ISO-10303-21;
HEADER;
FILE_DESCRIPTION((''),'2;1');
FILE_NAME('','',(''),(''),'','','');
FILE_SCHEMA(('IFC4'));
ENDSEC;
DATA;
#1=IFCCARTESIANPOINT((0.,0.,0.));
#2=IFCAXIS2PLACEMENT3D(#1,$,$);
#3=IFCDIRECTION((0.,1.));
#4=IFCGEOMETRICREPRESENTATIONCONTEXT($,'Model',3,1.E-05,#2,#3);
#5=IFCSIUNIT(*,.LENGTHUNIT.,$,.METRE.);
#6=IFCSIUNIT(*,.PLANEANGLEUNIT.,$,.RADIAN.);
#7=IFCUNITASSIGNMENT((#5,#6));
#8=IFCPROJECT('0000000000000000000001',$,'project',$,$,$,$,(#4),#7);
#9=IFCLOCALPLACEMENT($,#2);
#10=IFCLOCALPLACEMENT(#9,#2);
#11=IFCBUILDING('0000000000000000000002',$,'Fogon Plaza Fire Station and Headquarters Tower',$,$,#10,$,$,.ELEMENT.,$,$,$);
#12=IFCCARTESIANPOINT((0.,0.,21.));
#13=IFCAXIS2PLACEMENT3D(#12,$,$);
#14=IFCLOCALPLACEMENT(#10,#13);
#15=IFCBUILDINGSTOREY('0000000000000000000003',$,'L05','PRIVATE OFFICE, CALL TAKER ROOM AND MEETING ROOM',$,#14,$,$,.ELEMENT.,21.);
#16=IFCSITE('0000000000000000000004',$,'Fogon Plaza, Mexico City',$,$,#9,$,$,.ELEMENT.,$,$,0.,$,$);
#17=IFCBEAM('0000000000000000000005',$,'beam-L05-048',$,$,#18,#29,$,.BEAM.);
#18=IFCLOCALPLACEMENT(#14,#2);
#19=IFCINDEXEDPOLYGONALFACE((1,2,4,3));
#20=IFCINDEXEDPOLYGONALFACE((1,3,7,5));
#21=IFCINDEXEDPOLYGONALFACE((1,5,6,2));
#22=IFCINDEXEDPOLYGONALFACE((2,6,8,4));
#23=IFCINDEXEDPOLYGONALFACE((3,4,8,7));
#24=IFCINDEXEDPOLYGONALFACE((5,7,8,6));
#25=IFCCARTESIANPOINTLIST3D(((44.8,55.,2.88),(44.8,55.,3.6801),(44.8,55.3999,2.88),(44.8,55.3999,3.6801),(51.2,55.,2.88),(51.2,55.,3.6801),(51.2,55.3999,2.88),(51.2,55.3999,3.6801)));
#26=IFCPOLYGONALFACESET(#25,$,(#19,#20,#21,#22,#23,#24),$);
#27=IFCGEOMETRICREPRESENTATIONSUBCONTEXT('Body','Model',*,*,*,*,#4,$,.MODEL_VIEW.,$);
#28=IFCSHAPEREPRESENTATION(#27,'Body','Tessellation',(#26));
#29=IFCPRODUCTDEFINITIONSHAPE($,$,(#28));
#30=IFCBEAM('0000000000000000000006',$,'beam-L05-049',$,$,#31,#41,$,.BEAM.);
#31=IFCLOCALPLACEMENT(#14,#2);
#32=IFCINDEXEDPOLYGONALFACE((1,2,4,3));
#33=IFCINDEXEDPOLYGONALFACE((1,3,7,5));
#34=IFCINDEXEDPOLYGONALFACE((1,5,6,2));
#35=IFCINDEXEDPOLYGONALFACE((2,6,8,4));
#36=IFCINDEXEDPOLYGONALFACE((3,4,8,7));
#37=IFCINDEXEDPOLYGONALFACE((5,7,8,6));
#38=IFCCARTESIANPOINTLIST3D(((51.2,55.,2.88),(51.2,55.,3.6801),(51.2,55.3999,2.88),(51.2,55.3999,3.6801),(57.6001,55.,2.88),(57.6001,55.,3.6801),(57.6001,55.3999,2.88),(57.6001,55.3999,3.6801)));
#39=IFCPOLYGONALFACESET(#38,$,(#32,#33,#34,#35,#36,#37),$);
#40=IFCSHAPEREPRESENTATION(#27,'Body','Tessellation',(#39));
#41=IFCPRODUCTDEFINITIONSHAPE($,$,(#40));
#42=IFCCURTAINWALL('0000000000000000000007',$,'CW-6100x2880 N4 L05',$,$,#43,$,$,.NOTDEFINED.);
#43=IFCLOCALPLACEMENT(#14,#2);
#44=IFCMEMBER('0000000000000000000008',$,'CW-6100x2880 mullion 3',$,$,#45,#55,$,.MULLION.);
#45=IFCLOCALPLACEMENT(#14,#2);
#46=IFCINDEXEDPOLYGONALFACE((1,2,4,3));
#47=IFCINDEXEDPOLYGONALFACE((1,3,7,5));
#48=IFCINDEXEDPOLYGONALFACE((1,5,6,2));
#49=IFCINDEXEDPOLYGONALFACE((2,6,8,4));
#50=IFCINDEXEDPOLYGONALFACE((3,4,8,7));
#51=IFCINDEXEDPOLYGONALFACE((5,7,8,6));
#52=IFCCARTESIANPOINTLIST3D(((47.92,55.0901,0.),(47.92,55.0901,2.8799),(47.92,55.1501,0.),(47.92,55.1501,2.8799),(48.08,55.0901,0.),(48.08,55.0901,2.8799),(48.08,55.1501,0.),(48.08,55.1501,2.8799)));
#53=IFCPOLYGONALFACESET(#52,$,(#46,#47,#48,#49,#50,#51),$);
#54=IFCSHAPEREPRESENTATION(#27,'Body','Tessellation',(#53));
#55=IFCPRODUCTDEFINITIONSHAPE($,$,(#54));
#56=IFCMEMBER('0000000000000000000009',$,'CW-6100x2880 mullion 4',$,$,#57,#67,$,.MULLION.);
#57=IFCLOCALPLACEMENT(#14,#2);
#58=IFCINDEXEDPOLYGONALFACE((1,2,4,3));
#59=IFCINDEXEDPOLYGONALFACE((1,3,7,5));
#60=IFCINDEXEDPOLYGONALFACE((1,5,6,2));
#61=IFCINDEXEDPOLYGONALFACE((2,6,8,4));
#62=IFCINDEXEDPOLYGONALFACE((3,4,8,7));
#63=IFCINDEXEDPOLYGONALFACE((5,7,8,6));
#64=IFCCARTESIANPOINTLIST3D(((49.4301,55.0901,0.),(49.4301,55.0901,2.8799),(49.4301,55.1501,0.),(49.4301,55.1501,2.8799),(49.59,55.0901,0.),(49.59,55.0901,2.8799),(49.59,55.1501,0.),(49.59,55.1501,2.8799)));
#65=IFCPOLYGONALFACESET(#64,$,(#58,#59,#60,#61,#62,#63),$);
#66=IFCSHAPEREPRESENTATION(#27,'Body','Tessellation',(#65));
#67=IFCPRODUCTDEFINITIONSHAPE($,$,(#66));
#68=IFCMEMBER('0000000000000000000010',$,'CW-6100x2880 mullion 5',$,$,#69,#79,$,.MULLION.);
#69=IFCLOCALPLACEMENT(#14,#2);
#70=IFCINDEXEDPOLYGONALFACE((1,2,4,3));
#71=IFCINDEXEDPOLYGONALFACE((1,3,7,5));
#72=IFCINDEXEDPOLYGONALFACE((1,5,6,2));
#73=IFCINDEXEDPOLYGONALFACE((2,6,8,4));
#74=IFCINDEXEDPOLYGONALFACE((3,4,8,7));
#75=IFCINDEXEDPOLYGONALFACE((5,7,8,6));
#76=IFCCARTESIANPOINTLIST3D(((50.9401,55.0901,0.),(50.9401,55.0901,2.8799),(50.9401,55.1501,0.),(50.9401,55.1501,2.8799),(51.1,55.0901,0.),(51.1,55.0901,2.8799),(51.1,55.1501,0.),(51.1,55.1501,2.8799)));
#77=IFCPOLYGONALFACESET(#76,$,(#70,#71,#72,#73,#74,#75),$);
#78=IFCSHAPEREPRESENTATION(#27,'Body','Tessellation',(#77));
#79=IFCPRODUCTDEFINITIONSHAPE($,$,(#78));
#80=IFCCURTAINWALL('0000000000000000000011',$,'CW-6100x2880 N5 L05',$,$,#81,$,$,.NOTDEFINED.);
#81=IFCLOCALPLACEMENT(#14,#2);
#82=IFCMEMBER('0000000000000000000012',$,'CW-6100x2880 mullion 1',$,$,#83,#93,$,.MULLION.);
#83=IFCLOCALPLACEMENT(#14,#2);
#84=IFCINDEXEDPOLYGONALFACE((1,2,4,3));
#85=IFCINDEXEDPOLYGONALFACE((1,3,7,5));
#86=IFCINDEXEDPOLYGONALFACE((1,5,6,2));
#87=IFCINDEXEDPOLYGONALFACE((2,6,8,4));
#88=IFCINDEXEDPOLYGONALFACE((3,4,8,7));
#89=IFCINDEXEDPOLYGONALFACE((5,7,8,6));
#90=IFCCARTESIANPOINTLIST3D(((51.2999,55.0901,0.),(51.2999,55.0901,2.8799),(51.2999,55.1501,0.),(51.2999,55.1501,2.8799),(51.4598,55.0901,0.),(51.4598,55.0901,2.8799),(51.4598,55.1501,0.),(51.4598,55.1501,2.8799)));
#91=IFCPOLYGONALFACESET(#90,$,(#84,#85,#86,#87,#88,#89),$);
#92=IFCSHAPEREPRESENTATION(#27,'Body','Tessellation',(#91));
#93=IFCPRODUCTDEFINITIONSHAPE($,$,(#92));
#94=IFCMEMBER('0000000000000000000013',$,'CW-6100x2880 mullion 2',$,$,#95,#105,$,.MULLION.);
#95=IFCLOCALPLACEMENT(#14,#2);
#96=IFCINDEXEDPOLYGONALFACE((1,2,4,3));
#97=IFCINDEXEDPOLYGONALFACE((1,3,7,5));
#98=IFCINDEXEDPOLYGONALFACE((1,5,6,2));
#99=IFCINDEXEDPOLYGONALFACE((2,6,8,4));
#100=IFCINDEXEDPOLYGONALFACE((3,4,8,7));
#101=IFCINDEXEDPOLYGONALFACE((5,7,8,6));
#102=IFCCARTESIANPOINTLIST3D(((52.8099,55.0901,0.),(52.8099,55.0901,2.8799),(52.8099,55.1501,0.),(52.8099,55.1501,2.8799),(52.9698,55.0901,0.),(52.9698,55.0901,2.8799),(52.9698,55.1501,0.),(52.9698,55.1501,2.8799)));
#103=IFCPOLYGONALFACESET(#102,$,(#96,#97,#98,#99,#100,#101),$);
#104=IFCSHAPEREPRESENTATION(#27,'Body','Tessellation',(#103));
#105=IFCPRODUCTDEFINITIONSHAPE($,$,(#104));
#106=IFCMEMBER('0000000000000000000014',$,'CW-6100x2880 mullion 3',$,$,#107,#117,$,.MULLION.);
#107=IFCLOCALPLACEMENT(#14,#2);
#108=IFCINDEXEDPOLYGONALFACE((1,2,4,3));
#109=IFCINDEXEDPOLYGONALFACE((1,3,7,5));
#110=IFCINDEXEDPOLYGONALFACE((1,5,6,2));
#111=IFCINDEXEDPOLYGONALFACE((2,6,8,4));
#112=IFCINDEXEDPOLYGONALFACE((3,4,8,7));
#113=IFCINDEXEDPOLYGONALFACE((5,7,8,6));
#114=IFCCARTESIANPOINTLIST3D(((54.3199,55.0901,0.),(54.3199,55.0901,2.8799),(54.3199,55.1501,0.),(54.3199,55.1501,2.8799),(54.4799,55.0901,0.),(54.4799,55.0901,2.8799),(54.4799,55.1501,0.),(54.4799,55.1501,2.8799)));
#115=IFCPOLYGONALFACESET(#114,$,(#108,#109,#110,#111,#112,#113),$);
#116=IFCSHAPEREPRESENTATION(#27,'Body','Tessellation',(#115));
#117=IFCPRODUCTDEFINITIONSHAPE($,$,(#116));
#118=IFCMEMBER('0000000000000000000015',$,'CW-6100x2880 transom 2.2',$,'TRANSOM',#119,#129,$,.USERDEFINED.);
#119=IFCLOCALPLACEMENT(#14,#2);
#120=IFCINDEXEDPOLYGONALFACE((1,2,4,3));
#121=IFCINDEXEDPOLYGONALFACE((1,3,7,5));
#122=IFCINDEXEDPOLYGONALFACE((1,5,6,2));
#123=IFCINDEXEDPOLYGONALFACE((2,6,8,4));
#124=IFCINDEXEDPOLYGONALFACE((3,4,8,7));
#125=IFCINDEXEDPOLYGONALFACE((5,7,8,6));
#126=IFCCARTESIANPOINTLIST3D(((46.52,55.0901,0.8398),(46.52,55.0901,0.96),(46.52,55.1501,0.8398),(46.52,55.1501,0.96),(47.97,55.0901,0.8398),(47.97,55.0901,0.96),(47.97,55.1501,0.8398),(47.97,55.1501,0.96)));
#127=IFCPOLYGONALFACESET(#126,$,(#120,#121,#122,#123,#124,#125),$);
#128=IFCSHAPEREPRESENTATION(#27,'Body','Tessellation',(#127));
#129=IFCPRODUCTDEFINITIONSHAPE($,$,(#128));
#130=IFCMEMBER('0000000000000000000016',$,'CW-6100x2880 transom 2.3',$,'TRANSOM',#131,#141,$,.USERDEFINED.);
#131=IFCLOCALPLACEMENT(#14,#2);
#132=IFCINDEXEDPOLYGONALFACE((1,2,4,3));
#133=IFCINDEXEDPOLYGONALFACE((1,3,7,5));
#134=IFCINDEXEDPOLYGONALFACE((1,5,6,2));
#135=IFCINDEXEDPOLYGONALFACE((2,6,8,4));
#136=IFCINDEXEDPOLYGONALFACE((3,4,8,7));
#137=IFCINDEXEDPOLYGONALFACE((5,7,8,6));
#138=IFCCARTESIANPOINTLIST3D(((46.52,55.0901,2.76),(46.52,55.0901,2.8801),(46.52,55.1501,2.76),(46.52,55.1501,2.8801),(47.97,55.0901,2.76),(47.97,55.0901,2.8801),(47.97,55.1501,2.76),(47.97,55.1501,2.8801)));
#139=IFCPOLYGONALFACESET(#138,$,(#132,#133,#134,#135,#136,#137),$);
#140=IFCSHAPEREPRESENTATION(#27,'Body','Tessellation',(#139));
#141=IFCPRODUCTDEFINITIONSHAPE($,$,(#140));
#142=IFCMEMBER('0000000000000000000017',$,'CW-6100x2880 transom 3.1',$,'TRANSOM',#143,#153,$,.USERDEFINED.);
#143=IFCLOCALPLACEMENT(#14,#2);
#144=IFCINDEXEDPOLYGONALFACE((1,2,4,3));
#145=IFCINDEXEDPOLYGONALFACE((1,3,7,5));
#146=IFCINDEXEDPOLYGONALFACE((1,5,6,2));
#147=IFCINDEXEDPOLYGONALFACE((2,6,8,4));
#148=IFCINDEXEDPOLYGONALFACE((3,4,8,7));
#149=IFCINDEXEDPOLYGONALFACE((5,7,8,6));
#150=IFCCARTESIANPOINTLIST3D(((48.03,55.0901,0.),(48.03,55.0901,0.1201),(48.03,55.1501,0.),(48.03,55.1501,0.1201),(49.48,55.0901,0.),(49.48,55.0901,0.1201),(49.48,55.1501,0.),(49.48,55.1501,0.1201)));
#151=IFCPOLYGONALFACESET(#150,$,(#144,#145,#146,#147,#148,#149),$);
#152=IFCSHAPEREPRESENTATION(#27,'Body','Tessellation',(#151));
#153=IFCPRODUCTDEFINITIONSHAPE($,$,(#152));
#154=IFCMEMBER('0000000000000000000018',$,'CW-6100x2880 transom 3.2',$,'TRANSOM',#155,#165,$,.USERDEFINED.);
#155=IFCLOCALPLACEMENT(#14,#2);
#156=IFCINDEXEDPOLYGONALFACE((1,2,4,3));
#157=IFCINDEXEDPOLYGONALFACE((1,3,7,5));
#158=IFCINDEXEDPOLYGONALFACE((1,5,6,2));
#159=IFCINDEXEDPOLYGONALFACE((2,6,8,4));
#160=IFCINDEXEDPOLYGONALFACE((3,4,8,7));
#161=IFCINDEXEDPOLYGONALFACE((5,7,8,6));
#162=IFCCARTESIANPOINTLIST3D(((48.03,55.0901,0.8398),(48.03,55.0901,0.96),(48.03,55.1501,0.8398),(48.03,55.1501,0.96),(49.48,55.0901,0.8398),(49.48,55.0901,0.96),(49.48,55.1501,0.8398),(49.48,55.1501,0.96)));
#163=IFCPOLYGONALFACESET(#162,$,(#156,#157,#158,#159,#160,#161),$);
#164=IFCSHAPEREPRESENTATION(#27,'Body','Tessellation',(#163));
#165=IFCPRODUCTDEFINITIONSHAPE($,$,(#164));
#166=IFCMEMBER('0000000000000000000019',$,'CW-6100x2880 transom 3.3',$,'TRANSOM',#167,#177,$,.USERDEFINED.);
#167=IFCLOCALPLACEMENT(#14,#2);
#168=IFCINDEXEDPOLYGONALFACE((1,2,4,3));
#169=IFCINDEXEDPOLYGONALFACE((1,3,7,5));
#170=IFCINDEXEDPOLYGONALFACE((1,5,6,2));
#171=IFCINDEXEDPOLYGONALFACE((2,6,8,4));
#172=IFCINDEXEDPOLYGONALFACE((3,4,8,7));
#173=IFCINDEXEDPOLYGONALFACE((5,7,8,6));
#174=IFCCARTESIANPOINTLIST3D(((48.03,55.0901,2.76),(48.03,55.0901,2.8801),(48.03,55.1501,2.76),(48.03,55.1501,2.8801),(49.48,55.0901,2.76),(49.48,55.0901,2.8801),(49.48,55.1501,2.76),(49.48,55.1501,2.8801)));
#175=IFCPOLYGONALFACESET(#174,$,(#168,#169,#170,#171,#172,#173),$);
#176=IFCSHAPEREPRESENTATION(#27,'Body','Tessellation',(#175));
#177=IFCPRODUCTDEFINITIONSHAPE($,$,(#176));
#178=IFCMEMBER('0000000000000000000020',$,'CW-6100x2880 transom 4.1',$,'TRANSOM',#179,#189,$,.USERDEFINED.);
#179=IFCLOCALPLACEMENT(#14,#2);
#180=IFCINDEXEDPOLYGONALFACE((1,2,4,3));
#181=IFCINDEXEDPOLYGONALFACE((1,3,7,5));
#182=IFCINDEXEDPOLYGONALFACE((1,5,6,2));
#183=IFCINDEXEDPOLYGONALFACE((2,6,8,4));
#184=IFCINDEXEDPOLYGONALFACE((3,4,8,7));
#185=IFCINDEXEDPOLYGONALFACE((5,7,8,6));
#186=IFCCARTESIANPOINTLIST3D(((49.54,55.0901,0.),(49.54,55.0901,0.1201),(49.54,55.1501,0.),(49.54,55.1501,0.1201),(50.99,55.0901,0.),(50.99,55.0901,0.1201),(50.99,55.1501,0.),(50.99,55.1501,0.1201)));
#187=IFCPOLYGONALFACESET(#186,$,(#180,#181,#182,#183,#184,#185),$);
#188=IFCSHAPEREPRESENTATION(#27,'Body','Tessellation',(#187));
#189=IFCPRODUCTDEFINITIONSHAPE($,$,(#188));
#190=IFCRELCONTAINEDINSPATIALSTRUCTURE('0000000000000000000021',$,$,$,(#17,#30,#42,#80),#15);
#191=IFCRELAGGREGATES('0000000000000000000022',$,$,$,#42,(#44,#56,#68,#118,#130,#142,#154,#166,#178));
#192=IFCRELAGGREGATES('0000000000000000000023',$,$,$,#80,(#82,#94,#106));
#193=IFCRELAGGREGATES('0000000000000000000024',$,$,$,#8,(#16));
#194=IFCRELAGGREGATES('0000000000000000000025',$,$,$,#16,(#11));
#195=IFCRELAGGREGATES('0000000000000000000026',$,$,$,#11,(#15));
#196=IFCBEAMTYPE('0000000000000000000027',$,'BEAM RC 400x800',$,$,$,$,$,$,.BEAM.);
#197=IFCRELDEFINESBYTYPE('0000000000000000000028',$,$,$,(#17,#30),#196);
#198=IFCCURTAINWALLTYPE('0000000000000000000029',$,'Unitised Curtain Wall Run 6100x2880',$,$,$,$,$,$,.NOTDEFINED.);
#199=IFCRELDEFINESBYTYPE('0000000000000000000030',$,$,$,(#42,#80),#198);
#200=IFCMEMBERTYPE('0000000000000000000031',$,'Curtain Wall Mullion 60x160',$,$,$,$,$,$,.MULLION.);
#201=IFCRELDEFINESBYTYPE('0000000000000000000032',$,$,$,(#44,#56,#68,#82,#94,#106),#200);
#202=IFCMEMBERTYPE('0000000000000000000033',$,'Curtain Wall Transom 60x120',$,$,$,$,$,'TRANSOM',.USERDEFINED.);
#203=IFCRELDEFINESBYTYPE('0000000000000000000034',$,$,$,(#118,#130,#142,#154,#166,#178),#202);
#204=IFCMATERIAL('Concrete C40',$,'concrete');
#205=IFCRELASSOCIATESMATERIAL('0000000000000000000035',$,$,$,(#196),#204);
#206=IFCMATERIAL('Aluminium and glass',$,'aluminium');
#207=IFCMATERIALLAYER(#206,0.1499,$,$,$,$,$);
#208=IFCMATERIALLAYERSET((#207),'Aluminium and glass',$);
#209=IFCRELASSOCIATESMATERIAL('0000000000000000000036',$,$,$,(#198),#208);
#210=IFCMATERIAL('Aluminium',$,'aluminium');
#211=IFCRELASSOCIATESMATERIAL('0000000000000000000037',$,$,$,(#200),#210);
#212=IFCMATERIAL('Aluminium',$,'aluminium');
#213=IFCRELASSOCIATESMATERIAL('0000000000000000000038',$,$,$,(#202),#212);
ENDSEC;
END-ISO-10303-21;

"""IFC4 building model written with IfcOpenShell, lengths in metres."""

from ifc_helpers import new_model, si_unit, direction, frame, origin, origin_2d, place, context, subcontext, project, spatial, rectangle, extrude, material, layer, layer_set, material_profile, profile_set, type_object, element, aggregate, save


model = new_model("IFC4")

# Units and contexts
model_context = context("Model", 3, precision=1e-05, world=origin(), true_north=direction((0.0, 1.0)))
body_context = subcontext(model_context, "Body", "Model", "MODEL_VIEW")
ifc_project = project(units=[si_unit("LENGTHUNIT", "METRE"), si_unit("PLANEANGLEUNIT", "RADIAN")], contexts=[model_context])

# Site, building, storey
site_placement = place(None, origin())
site = spatial("IfcSite", under=ifc_project, at=site_placement, Name="Fogon Plaza, Mexico City", CompositionType="ELEMENT", RefElevation=0.0)
building_placement = place(site_placement, origin())
building = spatial("IfcBuilding", under=site, at=building_placement, Name="Fogon Plaza Fire Station and Headquarters Tower", CompositionType="ELEMENT")
storey_placement = place(building_placement, frame((0.0, 0.0, 21.0)))
storey = spatial("IfcBuildingStorey", under=building, at=storey_placement, Name="L05", Description="PRIVATE OFFICE, CALL TAKER ROOM AND MEETING ROOM", CompositionType="ELEMENT", Elevation=21.0)

# Beams
ifc_material_1 = material(Name="Concrete C40", Category="concrete")
ifc_material_profile_1 = material_profile(ifc_material_1, rectangle(XDim=0.3999, YDim=0.8, at=origin_2d()), Name="RC 400x800")
ifc_profile_set_1 = profile_set([ifc_material_profile_1], Name="Concrete C40")
beam_type = type_object("IfcBeamType", Name="BEAM RC 400x800", PredefinedType="BEAM", material=ifc_profile_set_1)
beam_1_placement = place(storey_placement, frame((44.8, 55.2, 3.28), z_axis=(1.0, 0.0, 0.0), x_axis=(0.0, 1.0, 0.0)))
element("IfcBeam", 1, at=beam_1_placement, inside=storey, type_object=beam_type, Name="beam-L05-048", PredefinedType="BEAM", context=body_context, shape_type="SweptSolid", body=[
    extrude(rectangle(XDim=0.3999, YDim=0.8, at=origin_2d()), origin(), (0.0, 0.0, 1.0), 6.3999),
])
beam_2_placement = place(storey_placement, frame((51.2, 55.2, 3.28), z_axis=(1.0, 0.0, 0.0), x_axis=(0.0, 1.0, 0.0)))
element("IfcBeam", 2, at=beam_2_placement, inside=storey, type_object=beam_type, Name="beam-L05-049", PredefinedType="BEAM", context=body_context, shape_type="SweptSolid", body=[
    extrude(rectangle(XDim=0.3999, YDim=0.8, at=origin_2d()), origin(), (0.0, 0.0, 1.0), 6.4001),
])

# Curtain walls, members
ifc_material_2 = material(Name="Aluminium and glass", Category="aluminium")
ifc_layer_1 = layer(ifc_material_2, 0.1499)
ifc_layer_set_1 = layer_set([ifc_layer_1], Name="Aluminium and glass")
curtain_wall_type = type_object("IfcCurtainWallType", Name="Unitised Curtain Wall Run 6100x2880", PredefinedType="NOTDEFINED", material=ifc_layer_set_1)
curtain_wall_1_placement = place(storey_placement, origin())
curtain_wall_1 = element("IfcCurtainWall", 3, at=curtain_wall_1_placement, inside=storey, type_object=curtain_wall_type, Name="CW-6100x2880 N4 L05", PredefinedType="NOTDEFINED")
ifc_material_3 = material(Name="Aluminium", Category="aluminium")
ifc_material_profile_2 = material_profile(ifc_material_3, rectangle(XDim=0.0601, YDim=0.1599, at=origin_2d()), Name="Curtain Wall Mullion 60x160")
ifc_profile_set_2 = profile_set([ifc_material_profile_2], Name="Aluminium")
member_type_1 = type_object("IfcMemberType", Name="Curtain Wall Mullion 60x160", PredefinedType="MULLION", material=ifc_profile_set_2)
member_1_placement = place(storey_placement, frame((48.0, 55.1201, 0.0), z_axis=(0.0, 0.0, 1.0), x_axis=(0.0, 1.0, 0.0)))
member_1 = element("IfcMember", 4, at=member_1_placement, type_object=member_type_1, Name="CW-6100x2880 mullion 3", PredefinedType="MULLION", context=body_context, shape_type="SweptSolid", body=[
    extrude(rectangle(XDim=0.0601, YDim=0.1599, at=origin_2d()), origin(), (0.0, 0.0, 1.0), 2.8799),
])
member_2_placement = place(storey_placement, frame((49.51, 55.1201, 0.0), z_axis=(0.0, 0.0, 1.0), x_axis=(0.0, 1.0, 0.0)))
member_2 = element("IfcMember", 5, at=member_2_placement, type_object=member_type_1, Name="CW-6100x2880 mullion 4", PredefinedType="MULLION", context=body_context, shape_type="SweptSolid", body=[
    extrude(rectangle(XDim=0.0601, YDim=0.1599, at=origin_2d()), origin(), (0.0, 0.0, 1.0), 2.8799),
])
member_3_placement = place(storey_placement, frame((51.02, 55.1201, 0.0), z_axis=(0.0, 0.0, 1.0), x_axis=(0.0, 1.0, 0.0)))
member_3 = element("IfcMember", 6, at=member_3_placement, type_object=member_type_1, Name="CW-6100x2880 mullion 5", PredefinedType="MULLION", context=body_context, shape_type="SweptSolid", body=[
    extrude(rectangle(XDim=0.0601, YDim=0.1599, at=origin_2d()), origin(), (0.0, 0.0, 1.0), 2.8799),
])
curtain_wall_2_placement = place(storey_placement, origin())
curtain_wall_2 = element("IfcCurtainWall", 7, at=curtain_wall_2_placement, inside=storey, type_object=curtain_wall_type, Name="CW-6100x2880 N5 L05", PredefinedType="NOTDEFINED")
member_4_placement = place(storey_placement, frame((51.3799, 55.1201, 0.0), z_axis=(0.0, 0.0, 1.0), x_axis=(0.0, 1.0, 0.0)))
member_4 = element("IfcMember", 8, at=member_4_placement, type_object=member_type_1, Name="CW-6100x2880 mullion 1", PredefinedType="MULLION", context=body_context, shape_type="SweptSolid", body=[
    extrude(rectangle(XDim=0.0601, YDim=0.1599, at=origin_2d()), origin(), (0.0, 0.0, 1.0), 2.8799),
])
member_5_placement = place(storey_placement, frame((52.8899, 55.1201, 0.0), z_axis=(0.0, 0.0, 1.0), x_axis=(0.0, 1.0, 0.0)))
member_5 = element("IfcMember", 9, at=member_5_placement, type_object=member_type_1, Name="CW-6100x2880 mullion 2", PredefinedType="MULLION", context=body_context, shape_type="SweptSolid", body=[
    extrude(rectangle(XDim=0.0601, YDim=0.1599, at=origin_2d()), origin(), (0.0, 0.0, 1.0), 2.8799),
])
member_6_placement = place(storey_placement, frame((54.3999, 55.1201, 0.0), z_axis=(0.0, 0.0, 1.0), x_axis=(0.0, 1.0, 0.0)))
member_6 = element("IfcMember", 10, at=member_6_placement, type_object=member_type_1, Name="CW-6100x2880 mullion 3", PredefinedType="MULLION", context=body_context, shape_type="SweptSolid", body=[
    extrude(rectangle(XDim=0.0601, YDim=0.1599, at=origin_2d()), origin(), (0.0, 0.0, 1.0), 2.8799),
])

# Members
ifc_material_4 = material(Name="Aluminium", Category="aluminium")
ifc_material_profile_3 = material_profile(ifc_material_4, rectangle(XDim=0.0601, YDim=0.1201, at=origin_2d()), Name="Curtain Wall Transom 60x120")
ifc_profile_set_3 = profile_set([ifc_material_profile_3], Name="Aluminium")
member_type_2 = type_object("IfcMemberType", Name="Curtain Wall Transom 60x120", ElementType="TRANSOM", PredefinedType="USERDEFINED", material=ifc_profile_set_3)
member_7_placement = place(storey_placement, frame((46.52, 55.1201, 0.8999), z_axis=(1.0, 0.0, 0.0), x_axis=(0.0, 1.0, 0.0)))
member_7 = element("IfcMember", 11, at=member_7_placement, type_object=member_type_2, Name="CW-6100x2880 transom 2.2", ObjectType="TRANSOM", PredefinedType="USERDEFINED", context=body_context, shape_type="SweptSolid", body=[
    extrude(rectangle(XDim=0.0601, YDim=0.1201, at=origin_2d()), origin(), (0.0, 0.0, 1.0), 1.45),
])
member_8_placement = place(storey_placement, frame((46.52, 55.1201, 2.8201), z_axis=(1.0, 0.0, 0.0), x_axis=(0.0, 1.0, 0.0)))
member_8 = element("IfcMember", 12, at=member_8_placement, type_object=member_type_2, Name="CW-6100x2880 transom 2.3", ObjectType="TRANSOM", PredefinedType="USERDEFINED", context=body_context, shape_type="SweptSolid", body=[
    extrude(rectangle(XDim=0.0601, YDim=0.1201, at=origin_2d()), origin(), (0.0, 0.0, 1.0), 1.45),
])
member_9_placement = place(storey_placement, frame((48.03, 55.1201, 0.0601), z_axis=(1.0, 0.0, 0.0), x_axis=(0.0, 1.0, 0.0)))
member_9 = element("IfcMember", 13, at=member_9_placement, type_object=member_type_2, Name="CW-6100x2880 transom 3.1", ObjectType="TRANSOM", PredefinedType="USERDEFINED", context=body_context, shape_type="SweptSolid", body=[
    extrude(rectangle(XDim=0.0601, YDim=0.1201, at=origin_2d()), origin(), (0.0, 0.0, 1.0), 1.45),
])
member_10_placement = place(storey_placement, frame((48.03, 55.1201, 0.8999), z_axis=(1.0, 0.0, 0.0), x_axis=(0.0, 1.0, 0.0)))
member_10 = element("IfcMember", 14, at=member_10_placement, type_object=member_type_2, Name="CW-6100x2880 transom 3.2", ObjectType="TRANSOM", PredefinedType="USERDEFINED", context=body_context, shape_type="SweptSolid", body=[
    extrude(rectangle(XDim=0.0601, YDim=0.1201, at=origin_2d()), origin(), (0.0, 0.0, 1.0), 1.45),
])
member_11_placement = place(storey_placement, frame((48.03, 55.1201, 2.8201), z_axis=(1.0, 0.0, 0.0), x_axis=(0.0, 1.0, 0.0)))
member_11 = element("IfcMember", 15, at=member_11_placement, type_object=member_type_2, Name="CW-6100x2880 transom 3.3", ObjectType="TRANSOM", PredefinedType="USERDEFINED", context=body_context, shape_type="SweptSolid", body=[
    extrude(rectangle(XDim=0.0601, YDim=0.1201, at=origin_2d()), origin(), (0.0, 0.0, 1.0), 1.45),
])
member_12_placement = place(storey_placement, frame((49.54, 55.1201, 0.0601), z_axis=(1.0, 0.0, 0.0), x_axis=(0.0, 1.0, 0.0)))
member_12 = element("IfcMember", 16, at=member_12_placement, type_object=member_type_2, Name="CW-6100x2880 transom 4.1", ObjectType="TRANSOM", PredefinedType="USERDEFINED", context=body_context, shape_type="SweptSolid", body=[
    extrude(rectangle(XDim=0.0601, YDim=0.1201, at=origin_2d()), origin(), (0.0, 0.0, 1.0), 1.45),
])

aggregate(curtain_wall_1, [member_1, member_2, member_3, member_7, member_8, member_9, member_10, member_11, member_12])
aggregate(curtain_wall_2, [member_4, member_5, member_6])

save(model, "model.ifc")
